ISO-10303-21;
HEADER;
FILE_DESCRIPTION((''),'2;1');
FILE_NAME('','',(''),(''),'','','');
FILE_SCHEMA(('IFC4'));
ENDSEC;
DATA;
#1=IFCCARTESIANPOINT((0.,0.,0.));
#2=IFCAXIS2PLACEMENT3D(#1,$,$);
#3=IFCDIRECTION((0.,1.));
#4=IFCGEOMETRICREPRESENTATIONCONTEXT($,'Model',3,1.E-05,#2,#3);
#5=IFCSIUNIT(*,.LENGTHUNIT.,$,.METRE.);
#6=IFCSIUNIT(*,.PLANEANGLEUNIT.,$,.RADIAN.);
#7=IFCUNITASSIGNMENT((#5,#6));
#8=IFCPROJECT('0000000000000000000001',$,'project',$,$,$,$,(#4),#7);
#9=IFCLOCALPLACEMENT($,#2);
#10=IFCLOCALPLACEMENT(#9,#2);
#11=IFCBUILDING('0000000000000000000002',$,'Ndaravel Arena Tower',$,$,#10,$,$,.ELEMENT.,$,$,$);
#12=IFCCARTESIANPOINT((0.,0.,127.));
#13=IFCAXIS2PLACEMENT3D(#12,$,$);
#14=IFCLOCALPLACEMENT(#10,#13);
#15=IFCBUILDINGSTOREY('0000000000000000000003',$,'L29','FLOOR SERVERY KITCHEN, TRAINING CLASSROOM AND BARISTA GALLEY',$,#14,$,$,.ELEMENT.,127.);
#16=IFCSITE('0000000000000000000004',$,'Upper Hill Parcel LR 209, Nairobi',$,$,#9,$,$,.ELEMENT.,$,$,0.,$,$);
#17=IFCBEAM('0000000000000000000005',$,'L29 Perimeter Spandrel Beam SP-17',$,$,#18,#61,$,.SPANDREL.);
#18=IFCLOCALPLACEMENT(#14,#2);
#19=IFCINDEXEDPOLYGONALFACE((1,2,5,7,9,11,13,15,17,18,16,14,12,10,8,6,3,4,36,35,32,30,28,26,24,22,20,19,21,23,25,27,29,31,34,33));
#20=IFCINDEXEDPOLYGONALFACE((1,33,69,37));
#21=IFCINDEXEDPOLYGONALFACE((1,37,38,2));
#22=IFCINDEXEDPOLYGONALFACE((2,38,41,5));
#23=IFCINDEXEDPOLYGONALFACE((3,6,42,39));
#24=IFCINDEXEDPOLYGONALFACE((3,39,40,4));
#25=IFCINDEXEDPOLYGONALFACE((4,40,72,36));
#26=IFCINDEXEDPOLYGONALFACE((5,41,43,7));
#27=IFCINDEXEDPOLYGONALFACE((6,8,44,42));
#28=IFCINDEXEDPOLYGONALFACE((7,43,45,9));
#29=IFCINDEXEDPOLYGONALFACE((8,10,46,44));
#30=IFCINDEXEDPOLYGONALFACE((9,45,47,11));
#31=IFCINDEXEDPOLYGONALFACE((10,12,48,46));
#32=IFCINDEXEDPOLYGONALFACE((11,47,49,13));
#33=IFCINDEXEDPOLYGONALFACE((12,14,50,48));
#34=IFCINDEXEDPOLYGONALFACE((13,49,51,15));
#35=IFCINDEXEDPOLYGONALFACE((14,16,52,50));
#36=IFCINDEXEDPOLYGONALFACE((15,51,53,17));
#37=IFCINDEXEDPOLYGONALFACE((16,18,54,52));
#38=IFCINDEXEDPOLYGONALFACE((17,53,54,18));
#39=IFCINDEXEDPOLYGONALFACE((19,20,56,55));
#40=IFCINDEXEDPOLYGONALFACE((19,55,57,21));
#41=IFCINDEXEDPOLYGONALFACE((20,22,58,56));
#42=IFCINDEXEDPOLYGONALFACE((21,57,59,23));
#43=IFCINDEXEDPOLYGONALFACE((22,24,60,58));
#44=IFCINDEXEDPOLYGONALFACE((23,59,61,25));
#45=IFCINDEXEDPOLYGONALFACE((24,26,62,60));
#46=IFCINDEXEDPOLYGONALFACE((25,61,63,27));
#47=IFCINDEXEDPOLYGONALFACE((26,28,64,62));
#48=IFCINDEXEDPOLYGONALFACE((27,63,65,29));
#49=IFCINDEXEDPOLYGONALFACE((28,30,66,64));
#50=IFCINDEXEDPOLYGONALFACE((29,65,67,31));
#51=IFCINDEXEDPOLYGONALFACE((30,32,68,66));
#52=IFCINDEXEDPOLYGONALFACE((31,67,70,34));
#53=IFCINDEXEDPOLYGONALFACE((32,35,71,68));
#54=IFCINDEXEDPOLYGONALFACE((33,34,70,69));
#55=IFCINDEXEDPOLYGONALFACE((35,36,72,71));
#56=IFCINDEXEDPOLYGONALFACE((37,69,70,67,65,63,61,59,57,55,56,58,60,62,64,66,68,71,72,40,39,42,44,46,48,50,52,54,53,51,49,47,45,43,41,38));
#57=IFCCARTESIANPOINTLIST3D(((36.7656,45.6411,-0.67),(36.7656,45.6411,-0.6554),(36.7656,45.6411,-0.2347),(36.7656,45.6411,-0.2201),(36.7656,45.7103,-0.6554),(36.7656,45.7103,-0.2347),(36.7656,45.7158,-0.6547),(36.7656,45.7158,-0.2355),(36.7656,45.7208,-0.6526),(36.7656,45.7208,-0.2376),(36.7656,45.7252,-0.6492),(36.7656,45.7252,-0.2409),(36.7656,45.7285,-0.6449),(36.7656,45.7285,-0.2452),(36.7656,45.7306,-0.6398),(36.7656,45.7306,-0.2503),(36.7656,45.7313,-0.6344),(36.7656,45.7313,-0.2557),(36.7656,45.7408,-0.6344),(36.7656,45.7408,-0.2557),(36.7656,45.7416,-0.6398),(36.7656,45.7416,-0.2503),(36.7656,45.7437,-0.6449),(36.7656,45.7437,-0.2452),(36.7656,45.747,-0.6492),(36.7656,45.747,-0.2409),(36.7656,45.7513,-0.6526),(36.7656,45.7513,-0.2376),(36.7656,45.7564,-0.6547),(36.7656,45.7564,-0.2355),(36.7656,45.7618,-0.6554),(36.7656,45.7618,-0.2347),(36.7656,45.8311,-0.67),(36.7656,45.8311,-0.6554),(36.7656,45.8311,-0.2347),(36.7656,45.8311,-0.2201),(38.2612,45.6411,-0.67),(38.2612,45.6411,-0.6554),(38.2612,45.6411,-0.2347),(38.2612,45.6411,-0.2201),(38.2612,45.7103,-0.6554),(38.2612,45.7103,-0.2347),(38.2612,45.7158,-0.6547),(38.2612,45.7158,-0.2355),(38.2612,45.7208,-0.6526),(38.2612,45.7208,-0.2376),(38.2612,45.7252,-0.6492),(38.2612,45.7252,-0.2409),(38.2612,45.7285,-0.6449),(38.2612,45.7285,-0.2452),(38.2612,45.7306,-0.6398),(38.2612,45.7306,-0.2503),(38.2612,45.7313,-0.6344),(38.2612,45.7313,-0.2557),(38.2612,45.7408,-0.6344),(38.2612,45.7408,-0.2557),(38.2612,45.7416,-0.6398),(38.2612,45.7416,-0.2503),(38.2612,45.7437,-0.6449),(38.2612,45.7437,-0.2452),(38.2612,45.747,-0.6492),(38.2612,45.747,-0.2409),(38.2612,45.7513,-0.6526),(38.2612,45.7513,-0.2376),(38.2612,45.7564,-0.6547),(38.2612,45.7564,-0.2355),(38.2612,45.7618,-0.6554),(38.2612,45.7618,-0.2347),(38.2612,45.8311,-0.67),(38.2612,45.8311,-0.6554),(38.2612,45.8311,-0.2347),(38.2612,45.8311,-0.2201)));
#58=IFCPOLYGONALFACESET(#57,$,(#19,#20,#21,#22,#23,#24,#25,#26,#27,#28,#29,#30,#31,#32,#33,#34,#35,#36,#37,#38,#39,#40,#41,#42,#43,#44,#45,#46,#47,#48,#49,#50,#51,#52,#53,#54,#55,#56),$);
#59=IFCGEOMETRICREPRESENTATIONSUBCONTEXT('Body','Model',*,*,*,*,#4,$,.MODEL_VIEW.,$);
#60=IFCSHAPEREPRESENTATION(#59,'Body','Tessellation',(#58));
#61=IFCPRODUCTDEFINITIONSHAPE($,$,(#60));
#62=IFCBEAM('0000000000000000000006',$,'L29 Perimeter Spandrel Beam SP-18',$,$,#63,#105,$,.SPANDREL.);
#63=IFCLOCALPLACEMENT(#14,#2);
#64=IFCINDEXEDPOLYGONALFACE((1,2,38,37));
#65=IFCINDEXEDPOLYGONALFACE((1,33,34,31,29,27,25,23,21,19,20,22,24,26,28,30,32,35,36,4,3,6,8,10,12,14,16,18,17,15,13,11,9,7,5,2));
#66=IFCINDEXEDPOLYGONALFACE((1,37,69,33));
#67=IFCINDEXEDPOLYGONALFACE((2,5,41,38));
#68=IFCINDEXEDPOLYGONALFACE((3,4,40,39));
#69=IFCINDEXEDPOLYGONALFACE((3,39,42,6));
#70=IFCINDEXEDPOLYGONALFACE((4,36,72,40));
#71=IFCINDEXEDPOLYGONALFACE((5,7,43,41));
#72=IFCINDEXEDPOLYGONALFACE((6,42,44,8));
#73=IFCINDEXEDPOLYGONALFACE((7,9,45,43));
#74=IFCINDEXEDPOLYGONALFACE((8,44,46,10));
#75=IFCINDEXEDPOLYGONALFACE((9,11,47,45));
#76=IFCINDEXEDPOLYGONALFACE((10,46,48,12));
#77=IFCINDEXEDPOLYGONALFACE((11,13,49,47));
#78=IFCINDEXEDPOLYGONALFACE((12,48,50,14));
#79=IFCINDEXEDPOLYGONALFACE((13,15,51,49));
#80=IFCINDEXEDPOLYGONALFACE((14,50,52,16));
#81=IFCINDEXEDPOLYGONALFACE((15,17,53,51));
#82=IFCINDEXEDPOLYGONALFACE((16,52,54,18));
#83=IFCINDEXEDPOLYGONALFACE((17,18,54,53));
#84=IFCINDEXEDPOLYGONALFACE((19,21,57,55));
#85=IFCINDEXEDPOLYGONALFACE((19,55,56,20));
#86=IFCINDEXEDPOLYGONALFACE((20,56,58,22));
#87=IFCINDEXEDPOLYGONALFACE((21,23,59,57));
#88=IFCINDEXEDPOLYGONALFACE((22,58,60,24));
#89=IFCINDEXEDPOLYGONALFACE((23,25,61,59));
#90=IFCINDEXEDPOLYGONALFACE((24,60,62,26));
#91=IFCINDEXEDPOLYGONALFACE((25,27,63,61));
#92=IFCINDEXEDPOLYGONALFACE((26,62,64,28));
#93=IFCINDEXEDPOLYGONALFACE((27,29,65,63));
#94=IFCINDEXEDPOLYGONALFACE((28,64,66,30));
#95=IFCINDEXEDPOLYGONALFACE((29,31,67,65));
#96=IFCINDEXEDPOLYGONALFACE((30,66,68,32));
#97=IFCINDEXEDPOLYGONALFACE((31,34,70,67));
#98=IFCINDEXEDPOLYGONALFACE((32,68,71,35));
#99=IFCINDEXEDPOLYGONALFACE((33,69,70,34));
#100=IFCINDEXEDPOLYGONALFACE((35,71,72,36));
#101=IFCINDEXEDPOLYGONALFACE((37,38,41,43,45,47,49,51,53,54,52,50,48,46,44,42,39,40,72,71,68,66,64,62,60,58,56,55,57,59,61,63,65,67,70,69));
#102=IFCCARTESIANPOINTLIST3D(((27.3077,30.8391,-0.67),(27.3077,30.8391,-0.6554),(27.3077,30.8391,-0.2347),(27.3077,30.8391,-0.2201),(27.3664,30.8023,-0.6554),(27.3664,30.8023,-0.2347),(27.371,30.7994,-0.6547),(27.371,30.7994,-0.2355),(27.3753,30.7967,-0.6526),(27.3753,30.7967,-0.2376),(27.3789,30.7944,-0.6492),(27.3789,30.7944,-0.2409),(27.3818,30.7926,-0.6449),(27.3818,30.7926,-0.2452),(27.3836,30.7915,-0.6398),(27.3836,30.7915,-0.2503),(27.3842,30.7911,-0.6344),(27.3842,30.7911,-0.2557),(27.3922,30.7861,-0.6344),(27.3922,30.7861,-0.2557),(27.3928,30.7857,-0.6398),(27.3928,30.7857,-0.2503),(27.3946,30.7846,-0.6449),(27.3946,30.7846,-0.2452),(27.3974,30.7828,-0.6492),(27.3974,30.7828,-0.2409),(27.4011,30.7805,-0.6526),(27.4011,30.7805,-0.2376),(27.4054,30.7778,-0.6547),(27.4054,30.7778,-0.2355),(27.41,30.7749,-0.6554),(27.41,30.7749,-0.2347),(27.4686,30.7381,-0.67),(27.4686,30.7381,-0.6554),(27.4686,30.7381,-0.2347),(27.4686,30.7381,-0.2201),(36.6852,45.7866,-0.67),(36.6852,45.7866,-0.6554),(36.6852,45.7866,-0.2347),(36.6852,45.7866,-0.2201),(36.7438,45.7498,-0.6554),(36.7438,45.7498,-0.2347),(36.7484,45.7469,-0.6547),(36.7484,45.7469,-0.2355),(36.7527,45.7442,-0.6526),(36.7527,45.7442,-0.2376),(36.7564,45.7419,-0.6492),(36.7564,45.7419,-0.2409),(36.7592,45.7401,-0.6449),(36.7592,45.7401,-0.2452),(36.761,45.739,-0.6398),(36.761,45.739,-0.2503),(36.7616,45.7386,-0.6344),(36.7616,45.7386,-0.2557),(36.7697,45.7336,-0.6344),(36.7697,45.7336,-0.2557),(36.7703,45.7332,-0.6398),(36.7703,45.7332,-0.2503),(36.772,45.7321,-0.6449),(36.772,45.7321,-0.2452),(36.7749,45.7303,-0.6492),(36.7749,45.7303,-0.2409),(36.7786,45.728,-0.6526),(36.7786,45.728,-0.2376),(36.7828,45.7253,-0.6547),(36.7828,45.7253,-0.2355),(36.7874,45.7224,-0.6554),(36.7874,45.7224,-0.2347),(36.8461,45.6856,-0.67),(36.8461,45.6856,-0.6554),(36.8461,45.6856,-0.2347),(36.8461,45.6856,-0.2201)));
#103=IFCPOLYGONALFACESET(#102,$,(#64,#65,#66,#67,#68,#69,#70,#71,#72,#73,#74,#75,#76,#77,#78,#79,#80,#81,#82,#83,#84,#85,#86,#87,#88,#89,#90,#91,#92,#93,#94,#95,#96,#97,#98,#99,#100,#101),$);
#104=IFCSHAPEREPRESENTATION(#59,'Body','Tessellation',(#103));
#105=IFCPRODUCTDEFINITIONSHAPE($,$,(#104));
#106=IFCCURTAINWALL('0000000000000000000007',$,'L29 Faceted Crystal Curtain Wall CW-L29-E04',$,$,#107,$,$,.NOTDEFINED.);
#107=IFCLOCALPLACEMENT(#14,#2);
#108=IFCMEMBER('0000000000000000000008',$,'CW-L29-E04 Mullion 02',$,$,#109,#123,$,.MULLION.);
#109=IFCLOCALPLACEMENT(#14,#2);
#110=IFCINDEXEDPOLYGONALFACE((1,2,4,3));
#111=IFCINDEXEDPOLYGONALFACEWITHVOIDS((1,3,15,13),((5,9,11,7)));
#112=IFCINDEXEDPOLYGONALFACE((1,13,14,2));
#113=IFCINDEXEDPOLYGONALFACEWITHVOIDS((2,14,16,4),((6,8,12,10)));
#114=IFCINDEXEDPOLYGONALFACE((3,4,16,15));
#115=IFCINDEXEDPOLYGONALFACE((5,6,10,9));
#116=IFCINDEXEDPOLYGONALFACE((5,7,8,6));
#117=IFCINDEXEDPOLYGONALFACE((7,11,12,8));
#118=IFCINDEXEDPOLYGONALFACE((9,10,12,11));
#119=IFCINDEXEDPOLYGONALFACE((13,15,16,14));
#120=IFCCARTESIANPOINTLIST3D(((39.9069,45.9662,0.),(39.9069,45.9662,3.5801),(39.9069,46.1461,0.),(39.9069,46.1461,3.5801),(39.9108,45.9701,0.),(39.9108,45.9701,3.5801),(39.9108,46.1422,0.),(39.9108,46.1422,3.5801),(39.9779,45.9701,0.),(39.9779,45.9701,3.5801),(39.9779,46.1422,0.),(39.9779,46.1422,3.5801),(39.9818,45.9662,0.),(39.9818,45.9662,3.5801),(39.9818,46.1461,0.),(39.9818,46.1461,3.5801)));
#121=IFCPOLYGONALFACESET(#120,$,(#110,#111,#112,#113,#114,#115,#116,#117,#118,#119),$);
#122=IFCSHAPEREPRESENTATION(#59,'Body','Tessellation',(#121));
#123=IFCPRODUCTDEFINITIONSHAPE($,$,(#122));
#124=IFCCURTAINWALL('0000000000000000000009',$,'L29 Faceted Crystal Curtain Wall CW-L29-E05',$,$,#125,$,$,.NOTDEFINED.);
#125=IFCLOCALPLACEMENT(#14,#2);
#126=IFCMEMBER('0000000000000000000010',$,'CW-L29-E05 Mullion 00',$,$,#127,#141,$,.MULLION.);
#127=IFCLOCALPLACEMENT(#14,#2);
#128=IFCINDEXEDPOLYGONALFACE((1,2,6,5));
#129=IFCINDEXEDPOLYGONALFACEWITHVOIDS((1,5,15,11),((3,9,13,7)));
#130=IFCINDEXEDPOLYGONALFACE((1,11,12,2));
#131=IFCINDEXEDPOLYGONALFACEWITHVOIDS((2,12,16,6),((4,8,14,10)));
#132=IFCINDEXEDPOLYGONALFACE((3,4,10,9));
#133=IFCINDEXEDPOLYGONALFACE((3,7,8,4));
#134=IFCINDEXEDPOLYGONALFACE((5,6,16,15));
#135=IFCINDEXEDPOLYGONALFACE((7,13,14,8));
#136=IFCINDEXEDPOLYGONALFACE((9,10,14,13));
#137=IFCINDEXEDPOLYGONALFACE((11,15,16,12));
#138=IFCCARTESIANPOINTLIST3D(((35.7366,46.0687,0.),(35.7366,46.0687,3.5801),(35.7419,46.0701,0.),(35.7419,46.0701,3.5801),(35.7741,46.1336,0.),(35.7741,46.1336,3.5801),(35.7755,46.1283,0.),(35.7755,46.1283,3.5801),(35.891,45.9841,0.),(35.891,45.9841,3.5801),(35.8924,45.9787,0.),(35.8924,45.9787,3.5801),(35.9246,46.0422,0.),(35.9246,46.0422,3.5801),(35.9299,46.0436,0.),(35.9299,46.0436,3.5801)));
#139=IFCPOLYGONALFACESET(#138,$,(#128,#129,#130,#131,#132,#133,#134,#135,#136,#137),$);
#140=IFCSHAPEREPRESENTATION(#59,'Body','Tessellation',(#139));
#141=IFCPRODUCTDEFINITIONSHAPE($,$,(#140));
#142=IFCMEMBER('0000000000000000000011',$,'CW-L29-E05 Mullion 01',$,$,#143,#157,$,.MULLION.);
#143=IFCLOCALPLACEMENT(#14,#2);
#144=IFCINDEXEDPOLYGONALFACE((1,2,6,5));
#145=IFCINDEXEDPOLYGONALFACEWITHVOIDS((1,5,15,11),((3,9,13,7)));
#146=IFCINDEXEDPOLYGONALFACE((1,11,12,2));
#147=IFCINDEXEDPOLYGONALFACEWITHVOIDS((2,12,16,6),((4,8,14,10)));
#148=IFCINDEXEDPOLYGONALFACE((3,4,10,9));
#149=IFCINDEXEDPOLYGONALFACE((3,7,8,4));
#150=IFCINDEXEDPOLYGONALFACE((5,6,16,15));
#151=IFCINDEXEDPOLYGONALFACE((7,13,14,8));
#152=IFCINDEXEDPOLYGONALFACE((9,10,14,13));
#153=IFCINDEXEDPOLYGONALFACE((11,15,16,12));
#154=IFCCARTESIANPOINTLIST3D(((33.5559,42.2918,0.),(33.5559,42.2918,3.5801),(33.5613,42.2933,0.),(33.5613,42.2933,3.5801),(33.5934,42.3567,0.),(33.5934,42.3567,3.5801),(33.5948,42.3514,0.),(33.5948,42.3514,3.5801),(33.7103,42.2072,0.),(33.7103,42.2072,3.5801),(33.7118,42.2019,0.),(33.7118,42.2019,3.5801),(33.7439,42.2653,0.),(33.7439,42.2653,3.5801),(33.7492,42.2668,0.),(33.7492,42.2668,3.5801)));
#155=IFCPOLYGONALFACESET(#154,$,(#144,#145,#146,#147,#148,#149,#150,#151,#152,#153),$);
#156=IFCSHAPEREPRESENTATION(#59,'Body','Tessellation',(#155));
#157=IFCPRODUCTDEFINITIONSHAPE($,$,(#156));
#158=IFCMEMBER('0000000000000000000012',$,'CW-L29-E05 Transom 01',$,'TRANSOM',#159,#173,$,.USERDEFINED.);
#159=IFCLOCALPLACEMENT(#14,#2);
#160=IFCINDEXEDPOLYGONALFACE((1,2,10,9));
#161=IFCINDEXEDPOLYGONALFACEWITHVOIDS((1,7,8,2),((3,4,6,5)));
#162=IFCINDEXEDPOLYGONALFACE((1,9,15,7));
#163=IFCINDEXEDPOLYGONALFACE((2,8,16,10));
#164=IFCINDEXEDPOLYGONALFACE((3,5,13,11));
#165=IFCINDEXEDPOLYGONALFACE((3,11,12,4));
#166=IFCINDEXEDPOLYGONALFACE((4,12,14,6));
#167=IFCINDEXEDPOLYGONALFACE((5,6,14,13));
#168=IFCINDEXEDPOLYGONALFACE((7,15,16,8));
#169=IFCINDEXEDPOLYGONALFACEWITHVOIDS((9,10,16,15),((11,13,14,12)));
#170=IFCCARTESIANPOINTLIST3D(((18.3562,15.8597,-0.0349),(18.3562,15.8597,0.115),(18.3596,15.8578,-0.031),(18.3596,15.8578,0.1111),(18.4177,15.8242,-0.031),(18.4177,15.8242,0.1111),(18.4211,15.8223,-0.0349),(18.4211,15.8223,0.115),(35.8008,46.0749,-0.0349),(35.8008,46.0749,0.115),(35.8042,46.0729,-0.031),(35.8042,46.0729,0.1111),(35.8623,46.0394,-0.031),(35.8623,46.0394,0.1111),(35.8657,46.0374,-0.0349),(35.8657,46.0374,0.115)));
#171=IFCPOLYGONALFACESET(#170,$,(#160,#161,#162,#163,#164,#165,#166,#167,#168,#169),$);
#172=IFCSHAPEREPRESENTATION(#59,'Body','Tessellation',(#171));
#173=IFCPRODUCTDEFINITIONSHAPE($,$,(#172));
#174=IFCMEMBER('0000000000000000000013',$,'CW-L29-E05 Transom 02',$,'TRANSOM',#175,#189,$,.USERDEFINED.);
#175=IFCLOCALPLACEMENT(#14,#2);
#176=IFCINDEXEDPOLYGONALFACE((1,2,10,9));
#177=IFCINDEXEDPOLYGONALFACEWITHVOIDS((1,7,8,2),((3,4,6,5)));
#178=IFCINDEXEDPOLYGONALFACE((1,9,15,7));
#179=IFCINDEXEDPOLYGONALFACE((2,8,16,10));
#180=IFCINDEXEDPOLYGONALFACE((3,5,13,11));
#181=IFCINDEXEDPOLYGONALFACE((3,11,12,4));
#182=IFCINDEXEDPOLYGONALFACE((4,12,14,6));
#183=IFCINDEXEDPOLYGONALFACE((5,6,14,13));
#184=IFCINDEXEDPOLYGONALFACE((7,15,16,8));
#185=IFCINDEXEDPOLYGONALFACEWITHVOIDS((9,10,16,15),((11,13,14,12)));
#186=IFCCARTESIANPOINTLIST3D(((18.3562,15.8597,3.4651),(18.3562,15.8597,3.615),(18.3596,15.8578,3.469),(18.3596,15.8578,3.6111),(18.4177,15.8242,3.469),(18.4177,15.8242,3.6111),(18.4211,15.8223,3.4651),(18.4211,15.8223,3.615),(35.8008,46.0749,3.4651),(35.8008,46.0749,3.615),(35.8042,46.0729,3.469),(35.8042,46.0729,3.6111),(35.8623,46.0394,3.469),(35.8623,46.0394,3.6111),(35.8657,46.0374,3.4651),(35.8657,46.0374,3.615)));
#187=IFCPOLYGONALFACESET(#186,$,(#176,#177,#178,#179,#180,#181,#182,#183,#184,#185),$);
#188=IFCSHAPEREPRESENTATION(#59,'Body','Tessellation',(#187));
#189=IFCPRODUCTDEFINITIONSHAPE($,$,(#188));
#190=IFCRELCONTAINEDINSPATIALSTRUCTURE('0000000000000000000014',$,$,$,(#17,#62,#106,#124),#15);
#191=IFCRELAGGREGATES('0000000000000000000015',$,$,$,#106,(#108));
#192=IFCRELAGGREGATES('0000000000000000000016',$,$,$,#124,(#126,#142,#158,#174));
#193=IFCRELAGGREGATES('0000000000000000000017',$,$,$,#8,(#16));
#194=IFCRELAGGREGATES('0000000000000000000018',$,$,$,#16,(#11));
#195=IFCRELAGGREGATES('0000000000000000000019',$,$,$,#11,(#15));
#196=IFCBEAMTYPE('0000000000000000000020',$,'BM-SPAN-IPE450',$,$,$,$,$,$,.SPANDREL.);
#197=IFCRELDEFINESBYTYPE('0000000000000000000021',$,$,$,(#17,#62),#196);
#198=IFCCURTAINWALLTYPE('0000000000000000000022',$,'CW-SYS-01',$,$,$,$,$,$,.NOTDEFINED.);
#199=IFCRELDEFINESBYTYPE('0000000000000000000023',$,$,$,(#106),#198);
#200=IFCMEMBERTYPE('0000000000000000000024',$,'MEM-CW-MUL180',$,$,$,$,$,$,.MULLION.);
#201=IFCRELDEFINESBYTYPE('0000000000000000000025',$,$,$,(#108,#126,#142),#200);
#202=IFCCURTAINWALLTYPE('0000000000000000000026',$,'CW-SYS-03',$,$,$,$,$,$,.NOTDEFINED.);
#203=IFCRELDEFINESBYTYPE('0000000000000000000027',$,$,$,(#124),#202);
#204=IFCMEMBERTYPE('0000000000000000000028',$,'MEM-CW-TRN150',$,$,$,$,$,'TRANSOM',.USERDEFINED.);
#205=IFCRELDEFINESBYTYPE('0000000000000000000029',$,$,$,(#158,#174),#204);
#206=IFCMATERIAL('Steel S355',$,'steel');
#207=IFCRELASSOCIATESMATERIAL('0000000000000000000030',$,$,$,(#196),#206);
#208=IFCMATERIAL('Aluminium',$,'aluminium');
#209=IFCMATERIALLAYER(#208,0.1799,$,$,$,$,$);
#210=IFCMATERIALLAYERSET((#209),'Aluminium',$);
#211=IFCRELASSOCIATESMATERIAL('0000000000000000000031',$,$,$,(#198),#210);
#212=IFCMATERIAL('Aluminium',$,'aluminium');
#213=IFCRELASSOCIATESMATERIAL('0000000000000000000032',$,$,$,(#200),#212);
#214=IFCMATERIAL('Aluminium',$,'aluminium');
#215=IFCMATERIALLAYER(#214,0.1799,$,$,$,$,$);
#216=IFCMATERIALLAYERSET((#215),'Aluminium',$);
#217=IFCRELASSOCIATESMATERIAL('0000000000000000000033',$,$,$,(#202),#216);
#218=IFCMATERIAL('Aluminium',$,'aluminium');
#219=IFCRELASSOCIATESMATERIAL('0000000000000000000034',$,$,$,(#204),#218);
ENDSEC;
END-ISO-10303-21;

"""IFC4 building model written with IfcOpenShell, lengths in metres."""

from ifc_helpers import new_model, si_unit, direction, frame, origin, origin_2d, place, context, subcontext, project, spatial, hollow_rectangle, i_section, extrude, material, layer, layer_set, material_profile, profile_set, type_object, element, aggregate, save


model = new_model("IFC4")

# Units and contexts
model_context = context("Model", 3, precision=1e-05, world=origin(), true_north=direction((0.0, 1.0)))
body_context = subcontext(model_context, "Body", "Model", "MODEL_VIEW")
ifc_project = project(units=[si_unit("LENGTHUNIT", "METRE"), si_unit("PLANEANGLEUNIT", "RADIAN")], contexts=[model_context])

# Site, building, storey
site_placement = place(None, origin())
site = spatial("IfcSite", under=ifc_project, at=site_placement, Name="Upper Hill Parcel LR 209, Nairobi", CompositionType="ELEMENT", RefElevation=0.0)
building_placement = place(site_placement, origin())
building = spatial("IfcBuilding", under=site, at=building_placement, Name="Ndaravel Arena Tower", CompositionType="ELEMENT")
storey_placement = place(building_placement, frame((0.0, 0.0, 127.0)))
storey = spatial("IfcBuildingStorey", under=building, at=storey_placement, Name="L29", Description="FLOOR SERVERY KITCHEN, TRAINING CLASSROOM AND BARISTA GALLEY", CompositionType="ELEMENT", Elevation=127.0)

# Beams
ifc_material_1 = material(Name="Steel S355", Category="steel")
ifc_material_profile_1 = material_profile(ifc_material_1, i_section(OverallWidth=0.1899, OverallDepth=0.45, WebThickness=0.0095, FlangeThickness=0.0146, FilletRadius=0.021, at=origin_2d()), Name="IPE 450")
ifc_profile_set_1 = profile_set([ifc_material_profile_1], Name="Steel S355")
beam_type_1 = type_object("IfcBeamType", Name="BM-SPAN-IPE450", PredefinedType="SPANDREL", material=ifc_profile_set_1)
beam_1_placement = place(storey_placement, frame((38.2612, 45.7361, -0.4451), z_axis=(-1.0, 0.0, 0.0), x_axis=(0.0, -1.0, 0.0)))
element("IfcBeam", 1, at=beam_1_placement, inside=storey, type_object=beam_type_1, Name="L29 Perimeter Spandrel Beam SP-17", PredefinedType="SPANDREL", context=body_context, shape_type="SweptSolid", body=[
    extrude(i_section(OverallWidth=0.1899, OverallDepth=0.45, WebThickness=0.0095, FlangeThickness=0.0146, FilletRadius=0.021, at=origin_2d()), origin(), (0.0, 0.0, 1.0), 1.4956),
])
beam_2_placement = place(storey_placement, frame((36.7656, 45.7361, -0.4451), z_axis=(-0.531435, -0.847099, 0.0), x_axis=(0.847099, -0.531435, 0.0)))
element("IfcBeam", 2, at=beam_2_placement, inside=storey, type_object=beam_type_1, Name="L29 Perimeter Spandrel Beam SP-18", PredefinedType="SPANDREL", context=body_context, shape_type="SweptSolid", body=[
    extrude(i_section(OverallWidth=0.1899, OverallDepth=0.45, WebThickness=0.0095, FlangeThickness=0.0146, FilletRadius=0.021, at=origin_2d()), origin(), (0.0, 0.0, 1.0), 17.6455),
])

# Curtain wall, member
ifc_material_2 = material(Name="Aluminium", Category="aluminium")
ifc_layer_1 = layer(ifc_material_2, 0.1799)
ifc_layer_set_1 = layer_set([ifc_layer_1], Name="Aluminium")
curtain_wall_type_1 = type_object("IfcCurtainWallType", Name="CW-SYS-01", PredefinedType="NOTDEFINED", material=ifc_layer_set_1)
curtain_wall_1_placement = place(storey_placement, origin())
curtain_wall_1 = element("IfcCurtainWall", 3, at=curtain_wall_1_placement, inside=storey, type_object=curtain_wall_type_1, Name="L29 Faceted Crystal Curtain Wall CW-L29-E04", PredefinedType="NOTDEFINED")
ifc_material_3 = material(Name="Aluminium", Category="aluminium")
ifc_material_profile_2 = material_profile(ifc_material_3, hollow_rectangle(XDim=0.075, YDim=0.1799, WallThickness=0.0039, at=origin_2d()), Name="CW MULLION 75x180x4")
ifc_profile_set_2 = profile_set([ifc_material_profile_2], Name="Aluminium")
member_type_1 = type_object("IfcMemberType", Name="MEM-CW-MUL180", PredefinedType="MULLION", material=ifc_profile_set_2)
member_1_placement = place(storey_placement, frame((39.9443, 46.0562, 0.0), z_axis=(0.0, 0.0, 1.0), x_axis=(-1.0, 0.0, 0.0)))
member_1 = element("IfcMember", 4, at=member_1_placement, type_object=member_type_1, Name="CW-L29-E04 Mullion 02", PredefinedType="MULLION", context=body_context, shape_type="SweptSolid", body=[
    extrude(hollow_rectangle(XDim=0.075, YDim=0.1799, WallThickness=0.0039, at=origin_2d()), origin(), (0.0, 0.0, 1.0), 3.5801),
])

# Curtain wall, members
ifc_material_4 = material(Name="Aluminium", Category="aluminium")
ifc_layer_2 = layer(ifc_material_4, 0.1799)
ifc_layer_set_2 = layer_set([ifc_layer_2], Name="Aluminium")
curtain_wall_type_2 = type_object("IfcCurtainWallType", Name="CW-SYS-03", PredefinedType="NOTDEFINED", material=ifc_layer_set_2)
curtain_wall_2_placement = place(storey_placement, origin())
curtain_wall_2 = element("IfcCurtainWall", 5, at=curtain_wall_2_placement, inside=storey, type_object=curtain_wall_type_2, Name="L29 Faceted Crystal Curtain Wall CW-L29-E05", PredefinedType="NOTDEFINED")
member_2_placement = place(storey_placement, frame((35.8333, 46.0562, 0.0), z_axis=(0.0, 0.0, 1.0), x_axis=(-0.5, -0.866025, 0.0)))
member_2 = element("IfcMember", 6, at=member_2_placement, type_object=member_type_1, Name="CW-L29-E05 Mullion 00", PredefinedType="MULLION", context=body_context, shape_type="SweptSolid", body=[
    extrude(hollow_rectangle(XDim=0.075, YDim=0.1799, WallThickness=0.0039, at=origin_2d()), origin(), (0.0, 0.0, 1.0), 3.5801),
])
member_3_placement = place(storey_placement, frame((33.6526, 42.2793, 0.0), z_axis=(0.0, 0.0, 1.0), x_axis=(-0.5, -0.866025, 0.0)))
member_3 = element("IfcMember", 7, at=member_3_placement, type_object=member_type_1, Name="CW-L29-E05 Mullion 01", PredefinedType="MULLION", context=body_context, shape_type="SweptSolid", body=[
    extrude(hollow_rectangle(XDim=0.075, YDim=0.1799, WallThickness=0.0039, at=origin_2d()), origin(), (0.0, 0.0, 1.0), 3.5801),
])
ifc_material_5 = material(Name="Aluminium", Category="aluminium")
ifc_material_profile_3 = material_profile(ifc_material_5, hollow_rectangle(XDim=0.075, YDim=0.1499, WallThickness=0.0039, at=origin_2d()), Name="CW TRANSOM 75x150x4")
ifc_profile_set_3 = profile_set([ifc_material_profile_3], Name="Aluminium")
member_type_2 = type_object("IfcMemberType", Name="MEM-CW-TRN150", ElementType="TRANSOM", PredefinedType="USERDEFINED", material=ifc_profile_set_3)
member_4_placement = place(storey_placement, frame((35.8333, 46.0562, 0.04), z_axis=(-0.499998, -0.866027, 0.0), x_axis=(0.866027, -0.499998, 0.0)))
member_4 = element("IfcMember", 8, at=member_4_placement, type_object=member_type_2, Name="CW-L29-E05 Transom 01", ObjectType="TRANSOM", PredefinedType="USERDEFINED", context=body_context, shape_type="SweptSolid", body=[
    extrude(hollow_rectangle(XDim=0.075, YDim=0.1499, WallThickness=0.0039, at=origin_2d()), origin(), (0.0, 0.0, 1.0), 34.8894),
])
member_5_placement = place(storey_placement, frame((35.8333, 46.0562, 3.54), z_axis=(-0.499998, -0.866027, 0.0), x_axis=(0.866027, -0.499998, 0.0)))
member_5 = element("IfcMember", 9, at=member_5_placement, type_object=member_type_2, Name="CW-L29-E05 Transom 02", ObjectType="TRANSOM", PredefinedType="USERDEFINED", context=body_context, shape_type="SweptSolid", body=[
    extrude(hollow_rectangle(XDim=0.075, YDim=0.1499, WallThickness=0.0039, at=origin_2d()), origin(), (0.0, 0.0, 1.0), 34.8894),
])

aggregate(curtain_wall_1, [member_1])
aggregate(curtain_wall_2, [member_2, member_3, member_4, member_5])

save(model, "model.ifc")
